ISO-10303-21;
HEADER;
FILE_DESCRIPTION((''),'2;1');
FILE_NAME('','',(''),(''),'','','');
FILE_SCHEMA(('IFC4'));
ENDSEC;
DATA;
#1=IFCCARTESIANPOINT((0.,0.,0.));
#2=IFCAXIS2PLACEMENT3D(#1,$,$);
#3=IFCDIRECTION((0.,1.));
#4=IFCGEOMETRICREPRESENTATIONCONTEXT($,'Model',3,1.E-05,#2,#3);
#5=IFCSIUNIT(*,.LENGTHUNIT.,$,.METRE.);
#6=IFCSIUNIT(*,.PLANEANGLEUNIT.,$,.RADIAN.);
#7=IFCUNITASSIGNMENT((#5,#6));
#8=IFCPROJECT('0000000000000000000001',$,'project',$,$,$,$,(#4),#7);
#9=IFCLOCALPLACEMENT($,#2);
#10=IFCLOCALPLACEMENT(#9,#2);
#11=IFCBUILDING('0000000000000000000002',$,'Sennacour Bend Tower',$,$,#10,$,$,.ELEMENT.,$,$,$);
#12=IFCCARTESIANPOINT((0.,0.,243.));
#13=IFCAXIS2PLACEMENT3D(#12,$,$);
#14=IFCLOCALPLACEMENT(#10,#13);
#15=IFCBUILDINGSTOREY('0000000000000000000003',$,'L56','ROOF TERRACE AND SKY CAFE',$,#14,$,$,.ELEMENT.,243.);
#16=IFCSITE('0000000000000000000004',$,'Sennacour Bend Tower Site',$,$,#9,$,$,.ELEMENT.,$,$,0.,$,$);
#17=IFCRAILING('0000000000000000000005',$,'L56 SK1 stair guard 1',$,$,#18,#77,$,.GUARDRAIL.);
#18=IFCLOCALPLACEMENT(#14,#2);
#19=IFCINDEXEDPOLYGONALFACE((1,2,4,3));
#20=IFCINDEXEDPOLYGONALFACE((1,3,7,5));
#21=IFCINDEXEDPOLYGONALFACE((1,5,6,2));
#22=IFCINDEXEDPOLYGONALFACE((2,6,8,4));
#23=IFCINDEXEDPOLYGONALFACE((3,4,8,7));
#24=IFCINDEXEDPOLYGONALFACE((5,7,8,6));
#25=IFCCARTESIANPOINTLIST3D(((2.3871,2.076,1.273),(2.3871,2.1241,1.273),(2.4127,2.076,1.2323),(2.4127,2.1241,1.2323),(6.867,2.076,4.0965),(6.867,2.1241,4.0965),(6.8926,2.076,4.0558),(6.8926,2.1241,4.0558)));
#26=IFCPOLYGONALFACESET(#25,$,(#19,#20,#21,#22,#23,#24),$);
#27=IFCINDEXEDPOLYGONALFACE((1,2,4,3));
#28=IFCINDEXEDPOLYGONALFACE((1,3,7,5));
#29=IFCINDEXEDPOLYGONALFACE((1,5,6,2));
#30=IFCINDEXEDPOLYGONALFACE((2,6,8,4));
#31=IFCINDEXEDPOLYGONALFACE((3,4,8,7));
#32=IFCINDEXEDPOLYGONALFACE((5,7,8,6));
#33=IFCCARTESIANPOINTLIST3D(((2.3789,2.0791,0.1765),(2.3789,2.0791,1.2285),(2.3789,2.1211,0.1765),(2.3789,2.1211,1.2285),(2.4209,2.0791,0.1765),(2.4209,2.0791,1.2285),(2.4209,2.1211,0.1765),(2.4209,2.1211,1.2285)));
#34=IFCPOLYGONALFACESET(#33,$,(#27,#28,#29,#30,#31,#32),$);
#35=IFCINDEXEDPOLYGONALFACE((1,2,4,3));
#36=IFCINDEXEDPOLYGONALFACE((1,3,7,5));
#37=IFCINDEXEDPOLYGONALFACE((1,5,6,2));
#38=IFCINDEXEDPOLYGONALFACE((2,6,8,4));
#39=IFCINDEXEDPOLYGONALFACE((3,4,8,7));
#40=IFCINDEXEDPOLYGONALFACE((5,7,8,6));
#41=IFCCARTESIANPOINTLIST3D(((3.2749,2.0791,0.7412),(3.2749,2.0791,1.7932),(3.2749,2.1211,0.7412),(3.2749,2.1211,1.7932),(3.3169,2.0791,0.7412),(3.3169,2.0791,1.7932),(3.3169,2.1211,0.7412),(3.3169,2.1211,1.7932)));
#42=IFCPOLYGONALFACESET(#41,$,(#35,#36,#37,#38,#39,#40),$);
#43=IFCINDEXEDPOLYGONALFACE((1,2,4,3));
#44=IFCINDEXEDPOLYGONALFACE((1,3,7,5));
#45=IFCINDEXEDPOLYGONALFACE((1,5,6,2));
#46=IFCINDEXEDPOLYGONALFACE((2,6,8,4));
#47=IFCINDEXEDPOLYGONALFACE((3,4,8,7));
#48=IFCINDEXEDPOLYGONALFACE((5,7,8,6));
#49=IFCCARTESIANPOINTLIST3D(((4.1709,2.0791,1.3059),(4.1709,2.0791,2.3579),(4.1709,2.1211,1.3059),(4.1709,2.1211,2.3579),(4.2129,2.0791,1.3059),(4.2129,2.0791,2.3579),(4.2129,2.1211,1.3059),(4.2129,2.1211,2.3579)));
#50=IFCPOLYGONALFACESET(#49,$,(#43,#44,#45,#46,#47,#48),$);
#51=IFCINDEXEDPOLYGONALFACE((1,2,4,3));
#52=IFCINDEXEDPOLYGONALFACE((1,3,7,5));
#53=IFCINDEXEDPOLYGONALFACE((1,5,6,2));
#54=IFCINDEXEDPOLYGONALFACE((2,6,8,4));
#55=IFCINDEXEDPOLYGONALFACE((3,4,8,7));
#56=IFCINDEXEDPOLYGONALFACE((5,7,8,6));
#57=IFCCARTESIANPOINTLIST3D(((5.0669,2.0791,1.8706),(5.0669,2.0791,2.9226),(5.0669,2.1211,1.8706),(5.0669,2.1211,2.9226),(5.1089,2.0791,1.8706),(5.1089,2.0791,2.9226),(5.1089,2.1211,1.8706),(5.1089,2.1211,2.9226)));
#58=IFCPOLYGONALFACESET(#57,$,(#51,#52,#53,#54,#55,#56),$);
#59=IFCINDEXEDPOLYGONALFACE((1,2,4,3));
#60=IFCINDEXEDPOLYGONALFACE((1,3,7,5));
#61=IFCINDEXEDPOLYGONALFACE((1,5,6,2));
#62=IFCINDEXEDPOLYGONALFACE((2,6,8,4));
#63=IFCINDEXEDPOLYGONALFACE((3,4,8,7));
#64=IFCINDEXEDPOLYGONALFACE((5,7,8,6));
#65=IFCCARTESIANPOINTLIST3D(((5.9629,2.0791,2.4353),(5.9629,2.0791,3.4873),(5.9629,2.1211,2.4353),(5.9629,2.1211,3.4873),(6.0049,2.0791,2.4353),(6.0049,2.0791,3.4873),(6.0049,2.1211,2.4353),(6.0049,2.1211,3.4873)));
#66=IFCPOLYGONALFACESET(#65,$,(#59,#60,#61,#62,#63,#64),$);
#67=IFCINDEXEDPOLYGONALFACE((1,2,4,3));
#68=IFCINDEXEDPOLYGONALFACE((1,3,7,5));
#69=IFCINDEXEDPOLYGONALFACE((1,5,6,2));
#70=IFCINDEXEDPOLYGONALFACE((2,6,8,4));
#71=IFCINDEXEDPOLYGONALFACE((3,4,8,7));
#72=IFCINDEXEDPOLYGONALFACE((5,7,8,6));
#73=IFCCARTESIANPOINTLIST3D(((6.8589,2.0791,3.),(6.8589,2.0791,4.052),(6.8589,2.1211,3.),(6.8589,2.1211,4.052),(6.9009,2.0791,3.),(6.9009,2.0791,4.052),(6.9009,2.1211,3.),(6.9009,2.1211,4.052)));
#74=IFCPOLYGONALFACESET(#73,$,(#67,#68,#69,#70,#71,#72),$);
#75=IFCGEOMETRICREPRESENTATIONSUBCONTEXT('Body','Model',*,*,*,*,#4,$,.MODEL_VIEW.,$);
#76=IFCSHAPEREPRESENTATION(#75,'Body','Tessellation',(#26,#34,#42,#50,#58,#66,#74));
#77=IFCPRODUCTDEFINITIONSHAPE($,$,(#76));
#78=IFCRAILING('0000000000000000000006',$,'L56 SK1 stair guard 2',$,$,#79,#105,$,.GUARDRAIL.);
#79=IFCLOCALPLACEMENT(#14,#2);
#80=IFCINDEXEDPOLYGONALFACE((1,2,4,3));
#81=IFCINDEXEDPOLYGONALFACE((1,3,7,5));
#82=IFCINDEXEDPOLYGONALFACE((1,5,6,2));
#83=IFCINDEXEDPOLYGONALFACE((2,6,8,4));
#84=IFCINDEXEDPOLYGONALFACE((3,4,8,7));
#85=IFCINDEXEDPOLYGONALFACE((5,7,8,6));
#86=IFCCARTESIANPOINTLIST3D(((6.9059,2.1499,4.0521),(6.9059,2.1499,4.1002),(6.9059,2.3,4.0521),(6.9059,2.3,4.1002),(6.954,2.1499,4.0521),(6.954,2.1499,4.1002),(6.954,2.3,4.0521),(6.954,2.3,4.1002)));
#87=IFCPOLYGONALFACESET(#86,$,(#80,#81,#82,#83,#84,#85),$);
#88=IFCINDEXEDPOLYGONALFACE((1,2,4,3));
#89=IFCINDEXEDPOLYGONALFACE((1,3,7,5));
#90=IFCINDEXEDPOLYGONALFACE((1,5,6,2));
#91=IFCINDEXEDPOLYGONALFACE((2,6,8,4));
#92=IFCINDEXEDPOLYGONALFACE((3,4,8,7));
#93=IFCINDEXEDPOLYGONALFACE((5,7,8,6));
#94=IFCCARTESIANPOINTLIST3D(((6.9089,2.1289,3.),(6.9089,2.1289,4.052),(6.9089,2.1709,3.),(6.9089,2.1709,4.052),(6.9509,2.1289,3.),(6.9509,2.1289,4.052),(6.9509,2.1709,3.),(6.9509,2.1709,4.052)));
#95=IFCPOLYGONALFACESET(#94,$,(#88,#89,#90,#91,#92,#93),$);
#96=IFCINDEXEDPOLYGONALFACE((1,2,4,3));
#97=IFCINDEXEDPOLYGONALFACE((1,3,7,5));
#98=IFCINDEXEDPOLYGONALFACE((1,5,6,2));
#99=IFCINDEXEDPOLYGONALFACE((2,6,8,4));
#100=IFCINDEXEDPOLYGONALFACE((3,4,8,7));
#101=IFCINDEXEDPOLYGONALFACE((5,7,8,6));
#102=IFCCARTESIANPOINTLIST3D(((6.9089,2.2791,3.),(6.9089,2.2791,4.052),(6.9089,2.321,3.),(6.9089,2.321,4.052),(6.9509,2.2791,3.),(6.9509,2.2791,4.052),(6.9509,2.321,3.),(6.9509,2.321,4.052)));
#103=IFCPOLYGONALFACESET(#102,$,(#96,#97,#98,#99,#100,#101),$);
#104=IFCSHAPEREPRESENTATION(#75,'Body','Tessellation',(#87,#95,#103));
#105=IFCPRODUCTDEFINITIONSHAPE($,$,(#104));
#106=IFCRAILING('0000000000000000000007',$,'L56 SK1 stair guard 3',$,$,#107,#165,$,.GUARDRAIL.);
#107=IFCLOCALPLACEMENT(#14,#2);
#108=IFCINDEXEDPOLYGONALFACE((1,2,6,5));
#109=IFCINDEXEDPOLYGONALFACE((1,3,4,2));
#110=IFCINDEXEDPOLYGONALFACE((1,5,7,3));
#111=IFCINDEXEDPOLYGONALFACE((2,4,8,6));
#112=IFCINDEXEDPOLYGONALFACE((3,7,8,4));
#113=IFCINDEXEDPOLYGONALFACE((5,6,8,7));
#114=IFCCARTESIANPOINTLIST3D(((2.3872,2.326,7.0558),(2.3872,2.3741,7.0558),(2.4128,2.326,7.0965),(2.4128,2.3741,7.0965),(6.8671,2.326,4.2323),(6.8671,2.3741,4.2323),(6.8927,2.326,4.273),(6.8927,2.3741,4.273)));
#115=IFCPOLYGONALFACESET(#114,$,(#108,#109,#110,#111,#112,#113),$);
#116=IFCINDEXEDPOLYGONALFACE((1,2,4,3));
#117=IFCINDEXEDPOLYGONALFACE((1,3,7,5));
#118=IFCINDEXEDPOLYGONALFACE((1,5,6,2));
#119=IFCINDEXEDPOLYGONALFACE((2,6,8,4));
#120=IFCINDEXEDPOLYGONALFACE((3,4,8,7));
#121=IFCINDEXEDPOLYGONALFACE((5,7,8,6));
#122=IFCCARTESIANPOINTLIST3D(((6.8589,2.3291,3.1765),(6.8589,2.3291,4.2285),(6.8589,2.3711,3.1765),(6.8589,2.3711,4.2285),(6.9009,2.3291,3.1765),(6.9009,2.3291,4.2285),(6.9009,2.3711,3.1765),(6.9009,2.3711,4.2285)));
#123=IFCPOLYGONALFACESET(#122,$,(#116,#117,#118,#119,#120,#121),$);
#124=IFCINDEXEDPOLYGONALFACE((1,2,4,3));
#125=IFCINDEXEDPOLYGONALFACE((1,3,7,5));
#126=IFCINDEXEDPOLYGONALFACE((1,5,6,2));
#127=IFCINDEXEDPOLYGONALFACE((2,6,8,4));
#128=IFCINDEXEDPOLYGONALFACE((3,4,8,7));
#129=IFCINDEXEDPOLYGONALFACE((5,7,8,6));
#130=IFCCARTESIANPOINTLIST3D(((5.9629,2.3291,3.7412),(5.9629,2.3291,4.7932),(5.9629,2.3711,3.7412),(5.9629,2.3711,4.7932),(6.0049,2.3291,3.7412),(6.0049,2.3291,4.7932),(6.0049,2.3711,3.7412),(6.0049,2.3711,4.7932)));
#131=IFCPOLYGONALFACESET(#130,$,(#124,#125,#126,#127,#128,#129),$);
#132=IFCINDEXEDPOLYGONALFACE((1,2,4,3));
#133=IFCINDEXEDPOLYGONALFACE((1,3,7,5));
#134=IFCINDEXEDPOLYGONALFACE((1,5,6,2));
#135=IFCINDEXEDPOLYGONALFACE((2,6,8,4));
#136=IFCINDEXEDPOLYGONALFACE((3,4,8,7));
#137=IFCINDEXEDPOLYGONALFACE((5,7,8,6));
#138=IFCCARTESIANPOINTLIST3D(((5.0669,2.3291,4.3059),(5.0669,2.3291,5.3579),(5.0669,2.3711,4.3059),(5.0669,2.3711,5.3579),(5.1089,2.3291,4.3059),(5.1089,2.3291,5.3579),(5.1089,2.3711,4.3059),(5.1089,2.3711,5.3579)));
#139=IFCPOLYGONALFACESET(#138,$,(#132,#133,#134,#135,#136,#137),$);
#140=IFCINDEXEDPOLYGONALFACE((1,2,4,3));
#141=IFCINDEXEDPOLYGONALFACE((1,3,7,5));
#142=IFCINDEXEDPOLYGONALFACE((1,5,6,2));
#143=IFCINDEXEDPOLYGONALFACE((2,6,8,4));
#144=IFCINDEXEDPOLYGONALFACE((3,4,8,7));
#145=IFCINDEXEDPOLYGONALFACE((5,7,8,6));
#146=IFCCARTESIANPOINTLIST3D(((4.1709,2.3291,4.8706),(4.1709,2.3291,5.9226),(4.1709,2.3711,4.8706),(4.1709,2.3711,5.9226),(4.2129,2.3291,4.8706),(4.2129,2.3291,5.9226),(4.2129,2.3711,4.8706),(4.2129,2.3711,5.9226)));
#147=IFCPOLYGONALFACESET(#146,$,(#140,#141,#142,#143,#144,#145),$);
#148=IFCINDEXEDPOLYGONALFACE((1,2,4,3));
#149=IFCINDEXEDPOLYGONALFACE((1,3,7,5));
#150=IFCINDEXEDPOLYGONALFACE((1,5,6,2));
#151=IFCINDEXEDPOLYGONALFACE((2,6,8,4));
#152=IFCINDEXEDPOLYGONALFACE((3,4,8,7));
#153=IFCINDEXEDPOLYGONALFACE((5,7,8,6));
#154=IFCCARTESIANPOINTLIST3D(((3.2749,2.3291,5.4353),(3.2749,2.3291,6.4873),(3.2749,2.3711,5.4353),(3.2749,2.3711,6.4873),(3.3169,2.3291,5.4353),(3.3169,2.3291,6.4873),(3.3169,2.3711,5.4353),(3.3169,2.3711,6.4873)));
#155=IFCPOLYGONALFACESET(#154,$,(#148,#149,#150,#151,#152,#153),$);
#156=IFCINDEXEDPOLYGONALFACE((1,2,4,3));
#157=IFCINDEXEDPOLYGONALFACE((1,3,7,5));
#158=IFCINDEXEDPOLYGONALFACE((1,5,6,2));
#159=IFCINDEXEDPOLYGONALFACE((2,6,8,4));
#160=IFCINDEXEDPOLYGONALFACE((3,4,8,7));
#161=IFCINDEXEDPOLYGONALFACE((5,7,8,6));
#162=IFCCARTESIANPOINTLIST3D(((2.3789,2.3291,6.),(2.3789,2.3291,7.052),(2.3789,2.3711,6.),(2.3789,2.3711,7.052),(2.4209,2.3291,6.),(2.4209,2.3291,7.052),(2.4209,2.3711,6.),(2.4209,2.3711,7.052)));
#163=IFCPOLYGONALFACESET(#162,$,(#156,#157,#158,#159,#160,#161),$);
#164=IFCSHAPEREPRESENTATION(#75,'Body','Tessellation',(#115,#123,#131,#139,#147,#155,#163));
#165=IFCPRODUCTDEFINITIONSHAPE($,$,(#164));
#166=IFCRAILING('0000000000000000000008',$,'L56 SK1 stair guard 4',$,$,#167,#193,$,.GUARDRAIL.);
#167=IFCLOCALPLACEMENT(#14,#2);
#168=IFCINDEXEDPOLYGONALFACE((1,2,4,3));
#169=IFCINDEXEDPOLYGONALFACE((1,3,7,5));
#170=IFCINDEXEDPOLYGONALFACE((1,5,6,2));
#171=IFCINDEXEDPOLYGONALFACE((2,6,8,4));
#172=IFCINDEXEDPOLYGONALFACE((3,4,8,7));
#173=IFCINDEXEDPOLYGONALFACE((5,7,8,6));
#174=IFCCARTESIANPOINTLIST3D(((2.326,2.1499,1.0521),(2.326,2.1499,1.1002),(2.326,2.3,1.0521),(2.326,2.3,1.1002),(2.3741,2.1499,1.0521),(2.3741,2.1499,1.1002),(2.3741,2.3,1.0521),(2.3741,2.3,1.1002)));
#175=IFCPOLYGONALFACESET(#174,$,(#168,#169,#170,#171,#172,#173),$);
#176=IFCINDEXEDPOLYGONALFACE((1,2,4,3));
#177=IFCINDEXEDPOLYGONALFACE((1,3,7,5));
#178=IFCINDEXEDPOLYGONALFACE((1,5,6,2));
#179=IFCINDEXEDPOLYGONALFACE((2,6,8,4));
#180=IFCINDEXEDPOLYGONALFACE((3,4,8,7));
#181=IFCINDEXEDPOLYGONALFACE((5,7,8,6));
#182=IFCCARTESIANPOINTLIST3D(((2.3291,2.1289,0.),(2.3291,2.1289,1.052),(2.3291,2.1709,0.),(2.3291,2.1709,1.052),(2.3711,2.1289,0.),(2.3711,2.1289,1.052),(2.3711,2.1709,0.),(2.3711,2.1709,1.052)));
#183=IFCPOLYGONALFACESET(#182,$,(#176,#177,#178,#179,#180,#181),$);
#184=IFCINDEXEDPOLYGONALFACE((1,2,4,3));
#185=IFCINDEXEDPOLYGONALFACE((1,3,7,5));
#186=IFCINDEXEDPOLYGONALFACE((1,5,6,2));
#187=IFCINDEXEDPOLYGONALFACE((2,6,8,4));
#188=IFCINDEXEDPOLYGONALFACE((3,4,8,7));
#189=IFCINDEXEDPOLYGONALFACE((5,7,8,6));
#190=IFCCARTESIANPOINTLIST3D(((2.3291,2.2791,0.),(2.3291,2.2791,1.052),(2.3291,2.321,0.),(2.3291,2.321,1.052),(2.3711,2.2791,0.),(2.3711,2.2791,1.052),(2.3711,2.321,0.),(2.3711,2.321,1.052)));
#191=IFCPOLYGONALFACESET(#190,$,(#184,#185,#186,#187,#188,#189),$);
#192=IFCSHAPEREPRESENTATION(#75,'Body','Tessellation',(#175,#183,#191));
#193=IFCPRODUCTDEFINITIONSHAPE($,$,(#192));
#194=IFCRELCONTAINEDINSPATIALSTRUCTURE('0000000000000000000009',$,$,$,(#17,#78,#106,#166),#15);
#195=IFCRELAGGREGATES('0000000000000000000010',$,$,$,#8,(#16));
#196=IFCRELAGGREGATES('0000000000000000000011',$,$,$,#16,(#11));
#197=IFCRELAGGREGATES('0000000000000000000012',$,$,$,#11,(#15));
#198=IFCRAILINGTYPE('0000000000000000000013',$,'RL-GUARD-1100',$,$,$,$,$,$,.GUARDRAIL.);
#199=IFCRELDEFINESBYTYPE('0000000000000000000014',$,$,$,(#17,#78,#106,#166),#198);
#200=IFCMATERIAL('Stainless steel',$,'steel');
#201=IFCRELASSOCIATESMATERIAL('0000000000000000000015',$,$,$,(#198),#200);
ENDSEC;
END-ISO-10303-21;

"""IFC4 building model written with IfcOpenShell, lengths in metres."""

from ifc_helpers import new_model, si_unit, direction, frame, origin, origin_2d, place, context, subcontext, project, spatial, rectangle, extrude, material, type_object, element, save


model = new_model("IFC4")

# Units and contexts
model_context = context("Model", 3, precision=1e-05, world=origin(), true_north=direction((0.0, 1.0)))
body_context = subcontext(model_context, "Body", "Model", "MODEL_VIEW")
ifc_project = project(units=[si_unit("LENGTHUNIT", "METRE"), si_unit("PLANEANGLEUNIT", "RADIAN")], contexts=[model_context])

# Site, building, storey
site_placement = place(None, origin())
site = spatial("IfcSite", under=ifc_project, at=site_placement, Name="Sennacour Bend Tower Site", CompositionType="ELEMENT", RefElevation=0.0)
building_placement = place(site_placement, origin())
building = spatial("IfcBuilding", under=site, at=building_placement, Name="Sennacour Bend Tower", CompositionType="ELEMENT")
storey_placement = place(building_placement, frame((0.0, 0.0, 243.0)))
storey = spatial("IfcBuildingStorey", under=building, at=storey_placement, Name="L56", Description="ROOF TERRACE AND SKY CAFE", CompositionType="ELEMENT", Elevation=243.0)

# Railings
ifc_material_1 = material(Name="Stainless steel", Category="steel")
railing_type_1 = type_object("IfcRailingType", Name="RL-GUARD-1100", PredefinedType="GUARDRAIL", material=ifc_material_1)
railing_1_placement = place(storey_placement, frame((2.3999, 2.1001, 0.1765)))
element("IfcRailing", 1, at=railing_1_placement, inside=storey, type_object=railing_type_1, Name="L56 SK1 stair guard 1", PredefinedType="GUARDRAIL", context=body_context, shape_type="SweptSolid", body=[
    extrude(rectangle(XDim=0.0481, YDim=0.0481, at=origin_2d()), frame((0.0, 0.0, 1.0762), z_axis=(0.845998, 0.0, 0.533186), x_axis=(0.0, 1.0, 0.0)), (0.0, 0.0, 1.0), 5.2954),
    extrude(rectangle(XDim=0.042, YDim=0.042, at=origin_2d()), origin(), (0.0, 0.0, 1.0), 1.052),
    extrude(rectangle(XDim=0.042, YDim=0.042, at=origin_2d()), frame((0.896, 0.0, 0.5647)), (0.0, 0.0, 1.0), 1.052),
    extrude(rectangle(XDim=0.042, YDim=0.042, at=origin_2d()), frame((1.792, 0.0, 1.1294)), (0.0, 0.0, 1.0), 1.052),
    extrude(rectangle(XDim=0.042, YDim=0.042, at=origin_2d()), frame((2.688, 0.0, 1.6941)), (0.0, 0.0, 1.0), 1.052),
    extrude(rectangle(XDim=0.042, YDim=0.042, at=origin_2d()), frame((3.584, 0.0, 2.2588)), (0.0, 0.0, 1.0), 1.052),
    extrude(rectangle(XDim=0.042, YDim=0.042, at=origin_2d()), frame((4.48, 0.0, 2.8235)), (0.0, 0.0, 1.0), 1.052),
])
railing_2_placement = place(storey_placement, frame((6.9299, 2.1499, 3.0)))
element("IfcRailing", 2, at=railing_2_placement, inside=storey, type_object=railing_type_1, Name="L56 SK1 stair guard 2", PredefinedType="GUARDRAIL", context=body_context, shape_type="SweptSolid", body=[
    extrude(rectangle(XDim=0.0481, YDim=0.0481, at=origin_2d()), frame((0.0, 0.0, 1.0762), z_axis=(0.0, 1.0, 0.0), x_axis=(-1.0, 0.0, 0.0)), (0.0, 0.0, 1.0), 0.1501),
    extrude(rectangle(XDim=0.042, YDim=0.042, at=origin_2d()), origin(), (0.0, 0.0, 1.0), 1.052),
    extrude(rectangle(XDim=0.042, YDim=0.042, at=origin_2d()), frame((0.0, 0.1501, 0.0)), (0.0, 0.0, 1.0), 1.052),
])
railing_3_placement = place(storey_placement, frame((6.8799, 2.3501, 3.1765)))
element("IfcRailing", 3, at=railing_3_placement, inside=storey, type_object=railing_type_1, Name="L56 SK1 stair guard 3", PredefinedType="GUARDRAIL", context=body_context, shape_type="SweptSolid", body=[
    extrude(rectangle(XDim=0.0481, YDim=0.0481, at=origin_2d()), frame((0.0, 0.0, 1.0762), z_axis=(-0.845998, 0.0, 0.533186), x_axis=(0.0, -1.0, 0.0)), (0.0, 0.0, 1.0), 5.2954),
    extrude(rectangle(XDim=0.042, YDim=0.042, at=origin_2d()), origin(), (0.0, 0.0, 1.0), 1.052),
    extrude(rectangle(XDim=0.042, YDim=0.042, at=origin_2d()), frame((-0.896, 0.0, 0.5647)), (0.0, 0.0, 1.0), 1.052),
    extrude(rectangle(XDim=0.042, YDim=0.042, at=origin_2d()), frame((-1.792, 0.0, 1.1294)), (0.0, 0.0, 1.0), 1.052),
    extrude(rectangle(XDim=0.042, YDim=0.042, at=origin_2d()), frame((-2.688, 0.0, 1.6941)), (0.0, 0.0, 1.0), 1.052),
    extrude(rectangle(XDim=0.042, YDim=0.042, at=origin_2d()), frame((-3.584, 0.0, 2.2588)), (0.0, 0.0, 1.0), 1.052),
    extrude(rectangle(XDim=0.042, YDim=0.042, at=origin_2d()), frame((-4.48, 0.0, 2.8235)), (0.0, 0.0, 1.0), 1.052),
])
railing_4_placement = place(storey_placement, frame((2.3501, 2.1499, 0.0)))
element("IfcRailing", 4, at=railing_4_placement, inside=storey, type_object=railing_type_1, Name="L56 SK1 stair guard 4", PredefinedType="GUARDRAIL", context=body_context, shape_type="SweptSolid", body=[
    extrude(rectangle(XDim=0.0481, YDim=0.0481, at=origin_2d()), frame((0.0, 0.0, 1.0762), z_axis=(0.0, 1.0, 0.0), x_axis=(-1.0, 0.0, 0.0)), (0.0, 0.0, 1.0), 0.1501),
    extrude(rectangle(XDim=0.042, YDim=0.042, at=origin_2d()), origin(), (0.0, 0.0, 1.0), 1.052),
    extrude(rectangle(XDim=0.042, YDim=0.042, at=origin_2d()), frame((0.0, 0.1501, 0.0)), (0.0, 0.0, 1.0), 1.052),
])

save(model, "model.ifc")
